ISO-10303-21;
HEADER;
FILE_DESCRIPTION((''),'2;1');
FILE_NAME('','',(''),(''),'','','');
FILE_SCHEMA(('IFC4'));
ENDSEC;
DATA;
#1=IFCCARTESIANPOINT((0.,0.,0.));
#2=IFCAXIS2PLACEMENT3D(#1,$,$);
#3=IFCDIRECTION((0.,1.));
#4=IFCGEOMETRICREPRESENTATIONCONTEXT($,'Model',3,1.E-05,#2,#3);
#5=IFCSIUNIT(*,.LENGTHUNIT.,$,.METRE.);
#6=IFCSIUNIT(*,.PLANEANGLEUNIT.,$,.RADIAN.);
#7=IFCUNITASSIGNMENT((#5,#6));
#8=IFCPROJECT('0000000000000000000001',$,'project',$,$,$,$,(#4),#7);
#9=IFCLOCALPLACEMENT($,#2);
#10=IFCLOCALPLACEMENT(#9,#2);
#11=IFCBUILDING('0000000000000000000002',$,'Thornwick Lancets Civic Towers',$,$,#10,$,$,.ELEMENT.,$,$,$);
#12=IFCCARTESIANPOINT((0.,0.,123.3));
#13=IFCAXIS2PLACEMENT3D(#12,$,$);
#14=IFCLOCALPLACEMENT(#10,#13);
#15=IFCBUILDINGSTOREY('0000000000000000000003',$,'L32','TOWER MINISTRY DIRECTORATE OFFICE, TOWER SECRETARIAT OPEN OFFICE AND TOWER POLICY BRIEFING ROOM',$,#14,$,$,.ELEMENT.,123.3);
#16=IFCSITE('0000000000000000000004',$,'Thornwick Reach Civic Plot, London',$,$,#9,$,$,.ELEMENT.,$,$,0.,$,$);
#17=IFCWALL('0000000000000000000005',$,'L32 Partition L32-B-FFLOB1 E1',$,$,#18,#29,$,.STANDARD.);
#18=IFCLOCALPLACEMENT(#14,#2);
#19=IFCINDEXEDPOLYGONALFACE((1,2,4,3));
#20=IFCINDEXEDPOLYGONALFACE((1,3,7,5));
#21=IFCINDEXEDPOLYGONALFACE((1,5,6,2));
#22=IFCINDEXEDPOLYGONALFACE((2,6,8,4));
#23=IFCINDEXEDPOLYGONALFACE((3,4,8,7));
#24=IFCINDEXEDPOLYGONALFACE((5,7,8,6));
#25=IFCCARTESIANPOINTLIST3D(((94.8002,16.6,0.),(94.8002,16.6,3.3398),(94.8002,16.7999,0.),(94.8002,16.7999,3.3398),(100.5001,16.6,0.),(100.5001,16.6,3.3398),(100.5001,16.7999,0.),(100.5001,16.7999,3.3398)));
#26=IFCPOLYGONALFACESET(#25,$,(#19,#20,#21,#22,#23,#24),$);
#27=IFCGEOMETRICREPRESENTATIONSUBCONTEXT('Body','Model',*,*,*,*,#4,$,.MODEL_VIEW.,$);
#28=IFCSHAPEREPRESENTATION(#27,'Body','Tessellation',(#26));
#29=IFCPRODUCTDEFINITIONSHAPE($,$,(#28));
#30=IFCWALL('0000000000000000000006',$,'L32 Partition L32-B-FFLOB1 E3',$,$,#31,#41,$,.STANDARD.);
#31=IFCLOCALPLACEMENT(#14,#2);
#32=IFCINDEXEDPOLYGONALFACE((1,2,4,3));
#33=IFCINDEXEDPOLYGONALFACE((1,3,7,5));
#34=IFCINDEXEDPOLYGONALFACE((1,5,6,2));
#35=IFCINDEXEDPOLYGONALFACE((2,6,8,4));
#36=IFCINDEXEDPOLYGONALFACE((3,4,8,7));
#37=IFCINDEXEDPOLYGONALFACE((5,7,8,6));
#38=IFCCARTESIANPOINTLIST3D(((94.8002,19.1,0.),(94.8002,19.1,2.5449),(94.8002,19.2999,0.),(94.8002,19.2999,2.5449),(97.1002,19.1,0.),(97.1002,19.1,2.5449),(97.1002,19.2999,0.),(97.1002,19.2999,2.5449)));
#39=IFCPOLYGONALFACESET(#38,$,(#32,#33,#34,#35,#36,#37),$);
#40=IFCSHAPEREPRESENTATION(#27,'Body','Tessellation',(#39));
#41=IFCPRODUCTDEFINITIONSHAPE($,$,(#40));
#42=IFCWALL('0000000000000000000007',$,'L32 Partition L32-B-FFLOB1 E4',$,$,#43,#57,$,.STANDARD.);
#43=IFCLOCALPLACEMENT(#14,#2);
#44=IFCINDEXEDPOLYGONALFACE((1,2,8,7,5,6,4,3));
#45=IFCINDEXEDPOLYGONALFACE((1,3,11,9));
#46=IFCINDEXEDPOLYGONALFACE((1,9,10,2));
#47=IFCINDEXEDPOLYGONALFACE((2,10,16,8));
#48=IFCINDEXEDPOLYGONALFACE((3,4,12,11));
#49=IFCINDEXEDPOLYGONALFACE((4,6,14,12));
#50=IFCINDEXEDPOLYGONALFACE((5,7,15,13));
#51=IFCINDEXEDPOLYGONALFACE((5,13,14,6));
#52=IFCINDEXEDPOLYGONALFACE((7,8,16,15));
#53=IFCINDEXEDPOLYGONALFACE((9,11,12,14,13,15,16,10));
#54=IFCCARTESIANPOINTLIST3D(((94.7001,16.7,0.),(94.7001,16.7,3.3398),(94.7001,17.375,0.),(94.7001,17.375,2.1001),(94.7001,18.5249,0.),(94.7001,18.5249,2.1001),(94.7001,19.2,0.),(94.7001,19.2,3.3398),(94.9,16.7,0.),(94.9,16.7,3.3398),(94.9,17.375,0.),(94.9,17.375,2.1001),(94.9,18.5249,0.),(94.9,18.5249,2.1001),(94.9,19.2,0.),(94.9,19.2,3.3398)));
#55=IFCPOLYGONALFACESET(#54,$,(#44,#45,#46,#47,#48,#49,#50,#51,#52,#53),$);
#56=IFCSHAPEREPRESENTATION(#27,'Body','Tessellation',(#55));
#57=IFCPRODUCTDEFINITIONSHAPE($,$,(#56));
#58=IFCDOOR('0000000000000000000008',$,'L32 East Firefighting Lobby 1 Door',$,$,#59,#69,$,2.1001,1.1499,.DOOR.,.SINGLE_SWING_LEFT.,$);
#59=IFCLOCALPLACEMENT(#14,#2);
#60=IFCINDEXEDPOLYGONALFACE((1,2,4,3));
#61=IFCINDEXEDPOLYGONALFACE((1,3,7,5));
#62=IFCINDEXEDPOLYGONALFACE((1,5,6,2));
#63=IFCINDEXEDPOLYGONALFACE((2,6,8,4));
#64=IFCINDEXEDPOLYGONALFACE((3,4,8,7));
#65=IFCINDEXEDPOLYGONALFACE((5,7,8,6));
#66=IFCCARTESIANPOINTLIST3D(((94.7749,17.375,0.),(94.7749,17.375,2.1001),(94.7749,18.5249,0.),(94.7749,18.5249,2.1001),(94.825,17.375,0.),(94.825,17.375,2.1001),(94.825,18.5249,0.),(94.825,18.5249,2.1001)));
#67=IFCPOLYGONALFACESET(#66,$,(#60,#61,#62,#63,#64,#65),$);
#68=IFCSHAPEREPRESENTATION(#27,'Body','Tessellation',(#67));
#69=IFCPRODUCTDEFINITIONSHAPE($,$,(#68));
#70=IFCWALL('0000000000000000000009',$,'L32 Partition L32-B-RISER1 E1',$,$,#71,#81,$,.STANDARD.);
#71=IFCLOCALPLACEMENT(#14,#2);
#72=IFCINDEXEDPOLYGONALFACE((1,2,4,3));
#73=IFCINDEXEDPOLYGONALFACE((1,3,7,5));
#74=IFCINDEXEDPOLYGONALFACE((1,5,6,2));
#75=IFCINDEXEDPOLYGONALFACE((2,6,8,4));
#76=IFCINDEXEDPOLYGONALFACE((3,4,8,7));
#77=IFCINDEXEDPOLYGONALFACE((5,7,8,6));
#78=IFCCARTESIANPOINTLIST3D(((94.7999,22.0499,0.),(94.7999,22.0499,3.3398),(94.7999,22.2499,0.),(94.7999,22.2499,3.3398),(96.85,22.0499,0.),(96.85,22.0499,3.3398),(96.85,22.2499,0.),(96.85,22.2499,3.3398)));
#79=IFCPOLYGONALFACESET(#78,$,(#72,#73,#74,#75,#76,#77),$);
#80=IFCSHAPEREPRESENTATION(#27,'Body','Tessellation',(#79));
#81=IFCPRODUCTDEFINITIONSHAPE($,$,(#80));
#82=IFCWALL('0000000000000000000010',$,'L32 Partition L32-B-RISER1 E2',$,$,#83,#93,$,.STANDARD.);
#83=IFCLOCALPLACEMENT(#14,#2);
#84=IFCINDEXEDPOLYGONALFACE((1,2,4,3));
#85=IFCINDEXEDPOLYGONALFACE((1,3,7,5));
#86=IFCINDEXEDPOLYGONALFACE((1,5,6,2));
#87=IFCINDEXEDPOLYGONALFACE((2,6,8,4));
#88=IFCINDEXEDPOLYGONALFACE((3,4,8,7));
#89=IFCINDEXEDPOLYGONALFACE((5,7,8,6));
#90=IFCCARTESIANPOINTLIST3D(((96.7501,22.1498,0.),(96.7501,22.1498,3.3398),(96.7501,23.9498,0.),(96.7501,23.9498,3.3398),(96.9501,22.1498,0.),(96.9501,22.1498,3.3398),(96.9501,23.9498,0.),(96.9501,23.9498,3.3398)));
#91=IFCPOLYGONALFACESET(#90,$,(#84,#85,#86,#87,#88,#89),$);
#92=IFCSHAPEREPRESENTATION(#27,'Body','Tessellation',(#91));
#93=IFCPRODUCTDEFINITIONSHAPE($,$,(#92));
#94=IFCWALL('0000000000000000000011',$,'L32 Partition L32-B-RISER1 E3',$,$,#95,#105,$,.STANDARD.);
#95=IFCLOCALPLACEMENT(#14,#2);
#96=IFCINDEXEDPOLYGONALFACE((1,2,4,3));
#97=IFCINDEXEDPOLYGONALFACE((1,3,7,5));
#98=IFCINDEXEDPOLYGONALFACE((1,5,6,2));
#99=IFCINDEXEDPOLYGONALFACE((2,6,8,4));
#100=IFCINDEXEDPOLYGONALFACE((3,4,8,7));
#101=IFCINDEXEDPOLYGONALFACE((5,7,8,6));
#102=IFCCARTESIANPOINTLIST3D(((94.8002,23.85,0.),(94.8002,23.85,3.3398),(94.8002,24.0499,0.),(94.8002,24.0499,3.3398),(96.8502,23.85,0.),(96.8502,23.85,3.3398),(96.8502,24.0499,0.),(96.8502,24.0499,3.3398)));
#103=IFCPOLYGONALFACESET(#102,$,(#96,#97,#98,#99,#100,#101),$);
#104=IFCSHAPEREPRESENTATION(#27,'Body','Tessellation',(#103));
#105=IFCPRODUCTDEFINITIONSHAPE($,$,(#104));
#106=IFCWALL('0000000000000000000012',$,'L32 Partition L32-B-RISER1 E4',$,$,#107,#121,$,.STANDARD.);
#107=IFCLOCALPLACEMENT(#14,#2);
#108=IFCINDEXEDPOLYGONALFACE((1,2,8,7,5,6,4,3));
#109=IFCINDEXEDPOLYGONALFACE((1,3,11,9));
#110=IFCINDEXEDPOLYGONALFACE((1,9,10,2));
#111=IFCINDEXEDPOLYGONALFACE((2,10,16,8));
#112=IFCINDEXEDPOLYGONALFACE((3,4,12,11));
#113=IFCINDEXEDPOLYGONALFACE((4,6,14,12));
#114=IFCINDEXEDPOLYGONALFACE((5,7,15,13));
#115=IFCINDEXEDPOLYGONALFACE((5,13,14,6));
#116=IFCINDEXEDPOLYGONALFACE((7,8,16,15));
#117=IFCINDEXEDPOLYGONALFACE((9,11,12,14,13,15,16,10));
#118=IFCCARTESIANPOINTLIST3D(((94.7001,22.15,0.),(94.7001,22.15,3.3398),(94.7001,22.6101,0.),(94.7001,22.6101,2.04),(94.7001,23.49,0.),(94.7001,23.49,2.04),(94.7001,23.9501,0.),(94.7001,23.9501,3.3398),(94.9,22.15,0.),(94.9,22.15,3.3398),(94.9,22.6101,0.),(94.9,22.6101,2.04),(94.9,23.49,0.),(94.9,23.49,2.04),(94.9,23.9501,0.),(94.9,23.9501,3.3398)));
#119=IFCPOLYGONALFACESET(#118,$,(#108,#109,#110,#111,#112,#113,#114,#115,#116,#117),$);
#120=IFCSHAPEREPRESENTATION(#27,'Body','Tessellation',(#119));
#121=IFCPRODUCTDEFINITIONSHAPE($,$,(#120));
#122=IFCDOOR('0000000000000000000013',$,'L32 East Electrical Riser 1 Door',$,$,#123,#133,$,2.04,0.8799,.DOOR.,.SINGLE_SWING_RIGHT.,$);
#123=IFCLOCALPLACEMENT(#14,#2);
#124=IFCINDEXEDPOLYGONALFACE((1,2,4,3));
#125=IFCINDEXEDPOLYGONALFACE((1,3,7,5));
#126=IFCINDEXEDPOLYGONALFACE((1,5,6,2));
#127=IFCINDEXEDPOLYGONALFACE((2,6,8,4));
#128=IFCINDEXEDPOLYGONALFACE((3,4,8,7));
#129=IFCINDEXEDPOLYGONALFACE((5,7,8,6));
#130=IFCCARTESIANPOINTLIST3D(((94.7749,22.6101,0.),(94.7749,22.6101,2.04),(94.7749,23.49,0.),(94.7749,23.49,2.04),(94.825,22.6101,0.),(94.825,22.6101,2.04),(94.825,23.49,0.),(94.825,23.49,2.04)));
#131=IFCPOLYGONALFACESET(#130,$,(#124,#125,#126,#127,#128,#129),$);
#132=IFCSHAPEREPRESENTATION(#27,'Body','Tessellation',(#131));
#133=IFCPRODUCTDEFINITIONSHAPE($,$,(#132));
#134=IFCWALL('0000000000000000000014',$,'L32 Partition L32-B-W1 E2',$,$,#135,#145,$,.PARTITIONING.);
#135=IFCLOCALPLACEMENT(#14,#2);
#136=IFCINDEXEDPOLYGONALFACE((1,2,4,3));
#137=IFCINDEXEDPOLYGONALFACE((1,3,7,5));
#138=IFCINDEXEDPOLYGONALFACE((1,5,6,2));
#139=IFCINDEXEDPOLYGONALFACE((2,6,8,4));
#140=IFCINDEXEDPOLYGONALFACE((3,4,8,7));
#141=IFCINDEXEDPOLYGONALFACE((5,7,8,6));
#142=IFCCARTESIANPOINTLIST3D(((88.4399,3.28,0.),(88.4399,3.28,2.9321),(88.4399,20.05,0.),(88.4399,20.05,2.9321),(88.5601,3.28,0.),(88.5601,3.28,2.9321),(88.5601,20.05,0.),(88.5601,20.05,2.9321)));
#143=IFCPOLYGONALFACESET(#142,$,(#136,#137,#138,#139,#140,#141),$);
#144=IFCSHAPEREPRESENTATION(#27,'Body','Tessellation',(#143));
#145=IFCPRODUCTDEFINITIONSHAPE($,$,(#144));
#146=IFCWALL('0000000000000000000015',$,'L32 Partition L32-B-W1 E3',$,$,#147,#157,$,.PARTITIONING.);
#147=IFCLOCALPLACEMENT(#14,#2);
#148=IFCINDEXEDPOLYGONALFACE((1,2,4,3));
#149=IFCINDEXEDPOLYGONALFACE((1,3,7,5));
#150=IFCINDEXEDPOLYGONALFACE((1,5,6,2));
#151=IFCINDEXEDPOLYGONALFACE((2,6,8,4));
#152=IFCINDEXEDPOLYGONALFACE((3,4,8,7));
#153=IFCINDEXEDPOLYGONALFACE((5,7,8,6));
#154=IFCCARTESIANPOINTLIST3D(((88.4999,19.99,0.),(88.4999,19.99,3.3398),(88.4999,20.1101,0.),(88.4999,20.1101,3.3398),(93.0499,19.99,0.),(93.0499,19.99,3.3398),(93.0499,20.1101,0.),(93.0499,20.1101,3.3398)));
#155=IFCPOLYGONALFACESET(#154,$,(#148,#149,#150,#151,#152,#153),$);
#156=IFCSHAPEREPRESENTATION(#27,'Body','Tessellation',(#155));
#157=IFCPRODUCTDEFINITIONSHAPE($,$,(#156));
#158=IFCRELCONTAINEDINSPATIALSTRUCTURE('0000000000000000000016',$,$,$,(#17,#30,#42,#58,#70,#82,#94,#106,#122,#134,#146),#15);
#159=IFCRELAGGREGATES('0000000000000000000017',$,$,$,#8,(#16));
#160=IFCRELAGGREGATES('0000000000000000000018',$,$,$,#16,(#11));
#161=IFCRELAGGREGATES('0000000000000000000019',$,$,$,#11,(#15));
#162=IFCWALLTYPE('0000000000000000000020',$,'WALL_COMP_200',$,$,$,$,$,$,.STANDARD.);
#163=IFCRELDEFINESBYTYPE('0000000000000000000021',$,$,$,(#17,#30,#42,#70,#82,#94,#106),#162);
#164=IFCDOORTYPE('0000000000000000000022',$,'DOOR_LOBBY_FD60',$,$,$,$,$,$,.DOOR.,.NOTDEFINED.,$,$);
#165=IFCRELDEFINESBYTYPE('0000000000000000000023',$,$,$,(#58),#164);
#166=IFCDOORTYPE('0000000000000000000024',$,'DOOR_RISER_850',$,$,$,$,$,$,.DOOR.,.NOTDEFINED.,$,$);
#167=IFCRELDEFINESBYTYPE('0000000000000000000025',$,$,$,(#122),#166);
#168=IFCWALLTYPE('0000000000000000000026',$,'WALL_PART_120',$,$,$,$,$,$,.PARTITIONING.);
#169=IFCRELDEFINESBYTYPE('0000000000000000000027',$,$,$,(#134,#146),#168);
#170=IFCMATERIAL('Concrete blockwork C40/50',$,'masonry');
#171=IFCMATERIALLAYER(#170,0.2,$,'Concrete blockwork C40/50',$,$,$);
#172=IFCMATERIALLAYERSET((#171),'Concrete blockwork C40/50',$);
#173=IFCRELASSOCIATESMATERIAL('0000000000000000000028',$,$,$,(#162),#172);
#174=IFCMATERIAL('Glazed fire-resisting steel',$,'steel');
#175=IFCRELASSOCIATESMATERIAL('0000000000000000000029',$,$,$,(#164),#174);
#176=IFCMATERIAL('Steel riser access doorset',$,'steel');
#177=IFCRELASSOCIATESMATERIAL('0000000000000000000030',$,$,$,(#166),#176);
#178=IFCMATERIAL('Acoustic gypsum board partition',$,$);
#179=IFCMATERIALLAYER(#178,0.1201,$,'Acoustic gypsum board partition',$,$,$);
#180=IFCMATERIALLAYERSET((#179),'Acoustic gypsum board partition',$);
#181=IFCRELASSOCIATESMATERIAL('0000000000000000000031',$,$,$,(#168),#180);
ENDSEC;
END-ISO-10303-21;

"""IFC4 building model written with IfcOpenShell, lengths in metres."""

from ifc_helpers import new_model, si_unit, direction, frame, frame_2d, origin, place, context, subcontext, project, spatial, rectangle, extrude, material, layer, layer_set, type_object, element, fill, save


model = new_model("IFC4")

# Units and contexts
model_context = context("Model", 3, precision=1e-05, world=origin(), true_north=direction((0.0, 1.0)))
body_context = subcontext(model_context, "Body", "Model", "MODEL_VIEW")
ifc_project = project(units=[si_unit("LENGTHUNIT", "METRE"), si_unit("PLANEANGLEUNIT", "RADIAN")], contexts=[model_context])

# Site, building, storey
site_placement = place(None, origin())
site = spatial("IfcSite", under=ifc_project, at=site_placement, Name="Thornwick Reach Civic Plot, London", CompositionType="ELEMENT", RefElevation=0.0)
building_placement = place(site_placement, origin())
building = spatial("IfcBuilding", under=site, at=building_placement, Name="Thornwick Lancets Civic Towers", CompositionType="ELEMENT")
storey_placement = place(building_placement, frame((0.0, 0.0, 123.3)))
storey = spatial("IfcBuildingStorey", under=building, at=storey_placement, Name="L32", Description="TOWER MINISTRY DIRECTORATE OFFICE, TOWER SECRETARIAT OPEN OFFICE AND TOWER POLICY BRIEFING ROOM", CompositionType="ELEMENT", Elevation=123.3)

# Walls
ifc_material_1 = material(Name="Concrete blockwork C40/50", Category="masonry")
ifc_layer_1 = layer(ifc_material_1, 0.2, Name="Concrete blockwork C40/50")
ifc_layer_set_1 = layer_set([ifc_layer_1], Name="Concrete blockwork C40/50")
wall_type_1 = type_object("IfcWallType", Name="WALL_COMP_200", PredefinedType="STANDARD", material=ifc_layer_set_1)
wall_1_placement = place(storey_placement, frame((94.8, 16.7, 0.0), z_axis=(0.0, 0.0, 1.0), x_axis=(1.0, 0.0, 0.0)))
element("IfcWall", 1, at=wall_1_placement, inside=storey, type_object=wall_type_1, Name="L32 Partition L32-B-FFLOB1 E1", PredefinedType="STANDARD", context=body_context, shape_type="SweptSolid", body=[
    extrude(rectangle(XDim=5.7, YDim=0.2, at=frame_2d((2.8501, 0.0))), origin(), (0.0, 0.0, 1.0), 3.3398),
])
wall_2_placement = place(storey_placement, frame((97.1001, 19.2, 0.0), z_axis=(0.0, 0.0, 1.0), x_axis=(-1.0, 0.0, 0.0)))
element("IfcWall", 2, at=wall_2_placement, inside=storey, type_object=wall_type_1, Name="L32 Partition L32-B-FFLOB1 E3", PredefinedType="STANDARD", context=body_context, shape_type="SweptSolid", body=[
    extrude(rectangle(XDim=2.3, YDim=0.2, at=frame_2d((1.1499, 0.0))), origin(), (0.0, 0.0, 1.0), 2.5449),
])

# Wall, opening, door
wall_3_placement = place(storey_placement, frame((94.8, 19.2, 0.0), z_axis=(0.0, 0.0, 1.0), x_axis=(0.0, -1.0, 0.0)))
wall_3 = element("IfcWall", 3, at=wall_3_placement, inside=storey, type_object=wall_type_1, Name="L32 Partition L32-B-FFLOB1 E4", PredefinedType="STANDARD", context=body_context, shape_type="SweptSolid", body=[
    extrude(rectangle(XDim=2.5, YDim=0.2, at=frame_2d((1.25, 0.0))), origin(), (0.0, 0.0, 1.0), 3.3398),
])
opening_1_placement = place(wall_3_placement, frame((0.675, 0.0, 0.0)))
opening_1 = element("IfcOpeningElement", 4, at=opening_1_placement, cuts=wall_3, PredefinedType="OPENING", context=body_context, shape_type="SweptSolid", body=[
    extrude(rectangle(XDim=1.1499, YDim=2.1001, at=frame_2d((0.575, 1.05))), frame((0.0, 0.1099, 0.0), z_axis=(0.0, -1.0, 0.0), x_axis=(1.0, 0.0, 0.0)), (0.0, 0.0, 1.0), 0.22),
])
ifc_material_2 = material(Name="Glazed fire-resisting steel", Category="steel")
door_type_1 = type_object("IfcDoorType", Name="DOOR_LOBBY_FD60", OperationType="NOTDEFINED", PredefinedType="DOOR", material=ifc_material_2)
door_1_placement = place(opening_1_placement, origin())
door_1 = element("IfcDoor", 5, at=door_1_placement, inside=storey, type_object=door_type_1, Name="L32 East Firefighting Lobby 1 Door", OperationType="SINGLE_SWING_LEFT", OverallHeight=2.1001, OverallWidth=1.1499, PredefinedType="DOOR", context=body_context, shape_type="SweptSolid", body=[
    extrude(rectangle(XDim=1.1499, YDim=2.1001, at=frame_2d((0.575, 1.05))), frame((0.0, 0.0249, 0.0), z_axis=(0.0, -1.0, 0.0), x_axis=(1.0, 0.0, 0.0)), (0.0, 0.0, 1.0), 0.05),
])
fill(opening_1, door_1)

# Walls
wall_4_placement = place(storey_placement, frame((94.8, 22.1499, 0.0), z_axis=(0.0, 0.0, 1.0), x_axis=(1.0, 0.0, 0.0)))
element("IfcWall", 6, at=wall_4_placement, inside=storey, type_object=wall_type_1, Name="L32 Partition L32-B-RISER1 E1", PredefinedType="STANDARD", context=body_context, shape_type="SweptSolid", body=[
    extrude(rectangle(XDim=2.05, YDim=0.2, at=frame_2d((1.0249, 0.0))), origin(), (0.0, 0.0, 1.0), 3.3398),
])
wall_5_placement = place(storey_placement, frame((96.8501, 22.1499, 0.0), z_axis=(0.0, 0.0, 1.0), x_axis=(0.0, 1.0, 0.0)))
element("IfcWall", 7, at=wall_5_placement, inside=storey, type_object=wall_type_1, Name="L32 Partition L32-B-RISER1 E2", PredefinedType="STANDARD", context=body_context, shape_type="SweptSolid", body=[
    extrude(rectangle(XDim=1.8, YDim=0.2, at=frame_2d((0.8999, 0.0))), origin(), (0.0, 0.0, 1.0), 3.3398),
])
wall_6_placement = place(storey_placement, frame((96.8501, 23.95, 0.0), z_axis=(0.0, 0.0, 1.0), x_axis=(-1.0, 0.0, 0.0)))
element("IfcWall", 8, at=wall_6_placement, inside=storey, type_object=wall_type_1, Name="L32 Partition L32-B-RISER1 E3", PredefinedType="STANDARD", context=body_context, shape_type="SweptSolid", body=[
    extrude(rectangle(XDim=2.05, YDim=0.2, at=frame_2d((1.0249, 0.0))), origin(), (0.0, 0.0, 1.0), 3.3398),
])

# Wall, opening, door
wall_7_placement = place(storey_placement, frame((94.8, 23.95, 0.0), z_axis=(0.0, 0.0, 1.0), x_axis=(0.0, -1.0, 0.0)))
wall_7 = element("IfcWall", 9, at=wall_7_placement, inside=storey, type_object=wall_type_1, Name="L32 Partition L32-B-RISER1 E4", PredefinedType="STANDARD", context=body_context, shape_type="SweptSolid", body=[
    extrude(rectangle(XDim=1.8, YDim=0.2, at=frame_2d((0.8999, 0.0))), origin(), (0.0, 0.0, 1.0), 3.3398),
])
opening_2_placement = place(wall_7_placement, frame((0.46, 0.0, 0.0)))
opening_2 = element("IfcOpeningElement", 10, at=opening_2_placement, cuts=wall_7, PredefinedType="OPENING", context=body_context, shape_type="SweptSolid", body=[
    extrude(rectangle(XDim=0.8799, YDim=2.04, at=frame_2d((0.4399, 1.02))), frame((0.0, 0.1099, 0.0), z_axis=(0.0, -1.0, 0.0), x_axis=(1.0, 0.0, 0.0)), (0.0, 0.0, 1.0), 0.22),
])
ifc_material_3 = material(Name="Steel riser access doorset", Category="steel")
door_type_2 = type_object("IfcDoorType", Name="DOOR_RISER_850", OperationType="NOTDEFINED", PredefinedType="DOOR", material=ifc_material_3)
door_2_placement = place(opening_2_placement, origin())
door_2 = element("IfcDoor", 11, at=door_2_placement, inside=storey, type_object=door_type_2, Name="L32 East Electrical Riser 1 Door", OperationType="SINGLE_SWING_RIGHT", OverallHeight=2.04, OverallWidth=0.8799, PredefinedType="DOOR", context=body_context, shape_type="SweptSolid", body=[
    extrude(rectangle(XDim=0.8799, YDim=2.04, at=frame_2d((0.4399, 1.02))), frame((0.0, 0.0249, 0.0), z_axis=(0.0, -1.0, 0.0), x_axis=(1.0, 0.0, 0.0)), (0.0, 0.0, 1.0), 0.05),
])
fill(opening_2, door_2)

# Walls
ifc_material_4 = material(Name="Acoustic gypsum board partition")
ifc_layer_2 = layer(ifc_material_4, 0.1201, Name="Acoustic gypsum board partition")
ifc_layer_set_2 = layer_set([ifc_layer_2], Name="Acoustic gypsum board partition")
wall_type_2 = type_object("IfcWallType", Name="WALL_PART_120", PredefinedType="PARTITIONING", material=ifc_layer_set_2)
wall_8_placement = place(storey_placement, frame((88.5, 3.28, 0.0), z_axis=(0.0, 0.0, 1.0), x_axis=(0.0, 1.0, 0.0)))
element("IfcWall", 12, at=wall_8_placement, inside=storey, type_object=wall_type_2, Name="L32 Partition L32-B-W1 E2", PredefinedType="PARTITIONING", context=body_context, shape_type="SweptSolid", body=[
    extrude(rectangle(XDim=16.77, YDim=0.1201, at=frame_2d((8.385, 0.0))), origin(), (0.0, 0.0, 1.0), 2.9321),
])
wall_9_placement = place(storey_placement, frame((88.5, 20.05, 0.0), z_axis=(0.0, 0.0, 1.0), x_axis=(1.0, 0.0, 0.0)))
element("IfcWall", 13, at=wall_9_placement, inside=storey, type_object=wall_type_2, Name="L32 Partition L32-B-W1 E3", PredefinedType="PARTITIONING", context=body_context, shape_type="SweptSolid", body=[
    extrude(rectangle(XDim=4.55, YDim=0.1201, at=frame_2d((2.2749, 0.0))), origin(), (0.0, 0.0, 1.0), 3.3398),
])

save(model, "model.ifc")
